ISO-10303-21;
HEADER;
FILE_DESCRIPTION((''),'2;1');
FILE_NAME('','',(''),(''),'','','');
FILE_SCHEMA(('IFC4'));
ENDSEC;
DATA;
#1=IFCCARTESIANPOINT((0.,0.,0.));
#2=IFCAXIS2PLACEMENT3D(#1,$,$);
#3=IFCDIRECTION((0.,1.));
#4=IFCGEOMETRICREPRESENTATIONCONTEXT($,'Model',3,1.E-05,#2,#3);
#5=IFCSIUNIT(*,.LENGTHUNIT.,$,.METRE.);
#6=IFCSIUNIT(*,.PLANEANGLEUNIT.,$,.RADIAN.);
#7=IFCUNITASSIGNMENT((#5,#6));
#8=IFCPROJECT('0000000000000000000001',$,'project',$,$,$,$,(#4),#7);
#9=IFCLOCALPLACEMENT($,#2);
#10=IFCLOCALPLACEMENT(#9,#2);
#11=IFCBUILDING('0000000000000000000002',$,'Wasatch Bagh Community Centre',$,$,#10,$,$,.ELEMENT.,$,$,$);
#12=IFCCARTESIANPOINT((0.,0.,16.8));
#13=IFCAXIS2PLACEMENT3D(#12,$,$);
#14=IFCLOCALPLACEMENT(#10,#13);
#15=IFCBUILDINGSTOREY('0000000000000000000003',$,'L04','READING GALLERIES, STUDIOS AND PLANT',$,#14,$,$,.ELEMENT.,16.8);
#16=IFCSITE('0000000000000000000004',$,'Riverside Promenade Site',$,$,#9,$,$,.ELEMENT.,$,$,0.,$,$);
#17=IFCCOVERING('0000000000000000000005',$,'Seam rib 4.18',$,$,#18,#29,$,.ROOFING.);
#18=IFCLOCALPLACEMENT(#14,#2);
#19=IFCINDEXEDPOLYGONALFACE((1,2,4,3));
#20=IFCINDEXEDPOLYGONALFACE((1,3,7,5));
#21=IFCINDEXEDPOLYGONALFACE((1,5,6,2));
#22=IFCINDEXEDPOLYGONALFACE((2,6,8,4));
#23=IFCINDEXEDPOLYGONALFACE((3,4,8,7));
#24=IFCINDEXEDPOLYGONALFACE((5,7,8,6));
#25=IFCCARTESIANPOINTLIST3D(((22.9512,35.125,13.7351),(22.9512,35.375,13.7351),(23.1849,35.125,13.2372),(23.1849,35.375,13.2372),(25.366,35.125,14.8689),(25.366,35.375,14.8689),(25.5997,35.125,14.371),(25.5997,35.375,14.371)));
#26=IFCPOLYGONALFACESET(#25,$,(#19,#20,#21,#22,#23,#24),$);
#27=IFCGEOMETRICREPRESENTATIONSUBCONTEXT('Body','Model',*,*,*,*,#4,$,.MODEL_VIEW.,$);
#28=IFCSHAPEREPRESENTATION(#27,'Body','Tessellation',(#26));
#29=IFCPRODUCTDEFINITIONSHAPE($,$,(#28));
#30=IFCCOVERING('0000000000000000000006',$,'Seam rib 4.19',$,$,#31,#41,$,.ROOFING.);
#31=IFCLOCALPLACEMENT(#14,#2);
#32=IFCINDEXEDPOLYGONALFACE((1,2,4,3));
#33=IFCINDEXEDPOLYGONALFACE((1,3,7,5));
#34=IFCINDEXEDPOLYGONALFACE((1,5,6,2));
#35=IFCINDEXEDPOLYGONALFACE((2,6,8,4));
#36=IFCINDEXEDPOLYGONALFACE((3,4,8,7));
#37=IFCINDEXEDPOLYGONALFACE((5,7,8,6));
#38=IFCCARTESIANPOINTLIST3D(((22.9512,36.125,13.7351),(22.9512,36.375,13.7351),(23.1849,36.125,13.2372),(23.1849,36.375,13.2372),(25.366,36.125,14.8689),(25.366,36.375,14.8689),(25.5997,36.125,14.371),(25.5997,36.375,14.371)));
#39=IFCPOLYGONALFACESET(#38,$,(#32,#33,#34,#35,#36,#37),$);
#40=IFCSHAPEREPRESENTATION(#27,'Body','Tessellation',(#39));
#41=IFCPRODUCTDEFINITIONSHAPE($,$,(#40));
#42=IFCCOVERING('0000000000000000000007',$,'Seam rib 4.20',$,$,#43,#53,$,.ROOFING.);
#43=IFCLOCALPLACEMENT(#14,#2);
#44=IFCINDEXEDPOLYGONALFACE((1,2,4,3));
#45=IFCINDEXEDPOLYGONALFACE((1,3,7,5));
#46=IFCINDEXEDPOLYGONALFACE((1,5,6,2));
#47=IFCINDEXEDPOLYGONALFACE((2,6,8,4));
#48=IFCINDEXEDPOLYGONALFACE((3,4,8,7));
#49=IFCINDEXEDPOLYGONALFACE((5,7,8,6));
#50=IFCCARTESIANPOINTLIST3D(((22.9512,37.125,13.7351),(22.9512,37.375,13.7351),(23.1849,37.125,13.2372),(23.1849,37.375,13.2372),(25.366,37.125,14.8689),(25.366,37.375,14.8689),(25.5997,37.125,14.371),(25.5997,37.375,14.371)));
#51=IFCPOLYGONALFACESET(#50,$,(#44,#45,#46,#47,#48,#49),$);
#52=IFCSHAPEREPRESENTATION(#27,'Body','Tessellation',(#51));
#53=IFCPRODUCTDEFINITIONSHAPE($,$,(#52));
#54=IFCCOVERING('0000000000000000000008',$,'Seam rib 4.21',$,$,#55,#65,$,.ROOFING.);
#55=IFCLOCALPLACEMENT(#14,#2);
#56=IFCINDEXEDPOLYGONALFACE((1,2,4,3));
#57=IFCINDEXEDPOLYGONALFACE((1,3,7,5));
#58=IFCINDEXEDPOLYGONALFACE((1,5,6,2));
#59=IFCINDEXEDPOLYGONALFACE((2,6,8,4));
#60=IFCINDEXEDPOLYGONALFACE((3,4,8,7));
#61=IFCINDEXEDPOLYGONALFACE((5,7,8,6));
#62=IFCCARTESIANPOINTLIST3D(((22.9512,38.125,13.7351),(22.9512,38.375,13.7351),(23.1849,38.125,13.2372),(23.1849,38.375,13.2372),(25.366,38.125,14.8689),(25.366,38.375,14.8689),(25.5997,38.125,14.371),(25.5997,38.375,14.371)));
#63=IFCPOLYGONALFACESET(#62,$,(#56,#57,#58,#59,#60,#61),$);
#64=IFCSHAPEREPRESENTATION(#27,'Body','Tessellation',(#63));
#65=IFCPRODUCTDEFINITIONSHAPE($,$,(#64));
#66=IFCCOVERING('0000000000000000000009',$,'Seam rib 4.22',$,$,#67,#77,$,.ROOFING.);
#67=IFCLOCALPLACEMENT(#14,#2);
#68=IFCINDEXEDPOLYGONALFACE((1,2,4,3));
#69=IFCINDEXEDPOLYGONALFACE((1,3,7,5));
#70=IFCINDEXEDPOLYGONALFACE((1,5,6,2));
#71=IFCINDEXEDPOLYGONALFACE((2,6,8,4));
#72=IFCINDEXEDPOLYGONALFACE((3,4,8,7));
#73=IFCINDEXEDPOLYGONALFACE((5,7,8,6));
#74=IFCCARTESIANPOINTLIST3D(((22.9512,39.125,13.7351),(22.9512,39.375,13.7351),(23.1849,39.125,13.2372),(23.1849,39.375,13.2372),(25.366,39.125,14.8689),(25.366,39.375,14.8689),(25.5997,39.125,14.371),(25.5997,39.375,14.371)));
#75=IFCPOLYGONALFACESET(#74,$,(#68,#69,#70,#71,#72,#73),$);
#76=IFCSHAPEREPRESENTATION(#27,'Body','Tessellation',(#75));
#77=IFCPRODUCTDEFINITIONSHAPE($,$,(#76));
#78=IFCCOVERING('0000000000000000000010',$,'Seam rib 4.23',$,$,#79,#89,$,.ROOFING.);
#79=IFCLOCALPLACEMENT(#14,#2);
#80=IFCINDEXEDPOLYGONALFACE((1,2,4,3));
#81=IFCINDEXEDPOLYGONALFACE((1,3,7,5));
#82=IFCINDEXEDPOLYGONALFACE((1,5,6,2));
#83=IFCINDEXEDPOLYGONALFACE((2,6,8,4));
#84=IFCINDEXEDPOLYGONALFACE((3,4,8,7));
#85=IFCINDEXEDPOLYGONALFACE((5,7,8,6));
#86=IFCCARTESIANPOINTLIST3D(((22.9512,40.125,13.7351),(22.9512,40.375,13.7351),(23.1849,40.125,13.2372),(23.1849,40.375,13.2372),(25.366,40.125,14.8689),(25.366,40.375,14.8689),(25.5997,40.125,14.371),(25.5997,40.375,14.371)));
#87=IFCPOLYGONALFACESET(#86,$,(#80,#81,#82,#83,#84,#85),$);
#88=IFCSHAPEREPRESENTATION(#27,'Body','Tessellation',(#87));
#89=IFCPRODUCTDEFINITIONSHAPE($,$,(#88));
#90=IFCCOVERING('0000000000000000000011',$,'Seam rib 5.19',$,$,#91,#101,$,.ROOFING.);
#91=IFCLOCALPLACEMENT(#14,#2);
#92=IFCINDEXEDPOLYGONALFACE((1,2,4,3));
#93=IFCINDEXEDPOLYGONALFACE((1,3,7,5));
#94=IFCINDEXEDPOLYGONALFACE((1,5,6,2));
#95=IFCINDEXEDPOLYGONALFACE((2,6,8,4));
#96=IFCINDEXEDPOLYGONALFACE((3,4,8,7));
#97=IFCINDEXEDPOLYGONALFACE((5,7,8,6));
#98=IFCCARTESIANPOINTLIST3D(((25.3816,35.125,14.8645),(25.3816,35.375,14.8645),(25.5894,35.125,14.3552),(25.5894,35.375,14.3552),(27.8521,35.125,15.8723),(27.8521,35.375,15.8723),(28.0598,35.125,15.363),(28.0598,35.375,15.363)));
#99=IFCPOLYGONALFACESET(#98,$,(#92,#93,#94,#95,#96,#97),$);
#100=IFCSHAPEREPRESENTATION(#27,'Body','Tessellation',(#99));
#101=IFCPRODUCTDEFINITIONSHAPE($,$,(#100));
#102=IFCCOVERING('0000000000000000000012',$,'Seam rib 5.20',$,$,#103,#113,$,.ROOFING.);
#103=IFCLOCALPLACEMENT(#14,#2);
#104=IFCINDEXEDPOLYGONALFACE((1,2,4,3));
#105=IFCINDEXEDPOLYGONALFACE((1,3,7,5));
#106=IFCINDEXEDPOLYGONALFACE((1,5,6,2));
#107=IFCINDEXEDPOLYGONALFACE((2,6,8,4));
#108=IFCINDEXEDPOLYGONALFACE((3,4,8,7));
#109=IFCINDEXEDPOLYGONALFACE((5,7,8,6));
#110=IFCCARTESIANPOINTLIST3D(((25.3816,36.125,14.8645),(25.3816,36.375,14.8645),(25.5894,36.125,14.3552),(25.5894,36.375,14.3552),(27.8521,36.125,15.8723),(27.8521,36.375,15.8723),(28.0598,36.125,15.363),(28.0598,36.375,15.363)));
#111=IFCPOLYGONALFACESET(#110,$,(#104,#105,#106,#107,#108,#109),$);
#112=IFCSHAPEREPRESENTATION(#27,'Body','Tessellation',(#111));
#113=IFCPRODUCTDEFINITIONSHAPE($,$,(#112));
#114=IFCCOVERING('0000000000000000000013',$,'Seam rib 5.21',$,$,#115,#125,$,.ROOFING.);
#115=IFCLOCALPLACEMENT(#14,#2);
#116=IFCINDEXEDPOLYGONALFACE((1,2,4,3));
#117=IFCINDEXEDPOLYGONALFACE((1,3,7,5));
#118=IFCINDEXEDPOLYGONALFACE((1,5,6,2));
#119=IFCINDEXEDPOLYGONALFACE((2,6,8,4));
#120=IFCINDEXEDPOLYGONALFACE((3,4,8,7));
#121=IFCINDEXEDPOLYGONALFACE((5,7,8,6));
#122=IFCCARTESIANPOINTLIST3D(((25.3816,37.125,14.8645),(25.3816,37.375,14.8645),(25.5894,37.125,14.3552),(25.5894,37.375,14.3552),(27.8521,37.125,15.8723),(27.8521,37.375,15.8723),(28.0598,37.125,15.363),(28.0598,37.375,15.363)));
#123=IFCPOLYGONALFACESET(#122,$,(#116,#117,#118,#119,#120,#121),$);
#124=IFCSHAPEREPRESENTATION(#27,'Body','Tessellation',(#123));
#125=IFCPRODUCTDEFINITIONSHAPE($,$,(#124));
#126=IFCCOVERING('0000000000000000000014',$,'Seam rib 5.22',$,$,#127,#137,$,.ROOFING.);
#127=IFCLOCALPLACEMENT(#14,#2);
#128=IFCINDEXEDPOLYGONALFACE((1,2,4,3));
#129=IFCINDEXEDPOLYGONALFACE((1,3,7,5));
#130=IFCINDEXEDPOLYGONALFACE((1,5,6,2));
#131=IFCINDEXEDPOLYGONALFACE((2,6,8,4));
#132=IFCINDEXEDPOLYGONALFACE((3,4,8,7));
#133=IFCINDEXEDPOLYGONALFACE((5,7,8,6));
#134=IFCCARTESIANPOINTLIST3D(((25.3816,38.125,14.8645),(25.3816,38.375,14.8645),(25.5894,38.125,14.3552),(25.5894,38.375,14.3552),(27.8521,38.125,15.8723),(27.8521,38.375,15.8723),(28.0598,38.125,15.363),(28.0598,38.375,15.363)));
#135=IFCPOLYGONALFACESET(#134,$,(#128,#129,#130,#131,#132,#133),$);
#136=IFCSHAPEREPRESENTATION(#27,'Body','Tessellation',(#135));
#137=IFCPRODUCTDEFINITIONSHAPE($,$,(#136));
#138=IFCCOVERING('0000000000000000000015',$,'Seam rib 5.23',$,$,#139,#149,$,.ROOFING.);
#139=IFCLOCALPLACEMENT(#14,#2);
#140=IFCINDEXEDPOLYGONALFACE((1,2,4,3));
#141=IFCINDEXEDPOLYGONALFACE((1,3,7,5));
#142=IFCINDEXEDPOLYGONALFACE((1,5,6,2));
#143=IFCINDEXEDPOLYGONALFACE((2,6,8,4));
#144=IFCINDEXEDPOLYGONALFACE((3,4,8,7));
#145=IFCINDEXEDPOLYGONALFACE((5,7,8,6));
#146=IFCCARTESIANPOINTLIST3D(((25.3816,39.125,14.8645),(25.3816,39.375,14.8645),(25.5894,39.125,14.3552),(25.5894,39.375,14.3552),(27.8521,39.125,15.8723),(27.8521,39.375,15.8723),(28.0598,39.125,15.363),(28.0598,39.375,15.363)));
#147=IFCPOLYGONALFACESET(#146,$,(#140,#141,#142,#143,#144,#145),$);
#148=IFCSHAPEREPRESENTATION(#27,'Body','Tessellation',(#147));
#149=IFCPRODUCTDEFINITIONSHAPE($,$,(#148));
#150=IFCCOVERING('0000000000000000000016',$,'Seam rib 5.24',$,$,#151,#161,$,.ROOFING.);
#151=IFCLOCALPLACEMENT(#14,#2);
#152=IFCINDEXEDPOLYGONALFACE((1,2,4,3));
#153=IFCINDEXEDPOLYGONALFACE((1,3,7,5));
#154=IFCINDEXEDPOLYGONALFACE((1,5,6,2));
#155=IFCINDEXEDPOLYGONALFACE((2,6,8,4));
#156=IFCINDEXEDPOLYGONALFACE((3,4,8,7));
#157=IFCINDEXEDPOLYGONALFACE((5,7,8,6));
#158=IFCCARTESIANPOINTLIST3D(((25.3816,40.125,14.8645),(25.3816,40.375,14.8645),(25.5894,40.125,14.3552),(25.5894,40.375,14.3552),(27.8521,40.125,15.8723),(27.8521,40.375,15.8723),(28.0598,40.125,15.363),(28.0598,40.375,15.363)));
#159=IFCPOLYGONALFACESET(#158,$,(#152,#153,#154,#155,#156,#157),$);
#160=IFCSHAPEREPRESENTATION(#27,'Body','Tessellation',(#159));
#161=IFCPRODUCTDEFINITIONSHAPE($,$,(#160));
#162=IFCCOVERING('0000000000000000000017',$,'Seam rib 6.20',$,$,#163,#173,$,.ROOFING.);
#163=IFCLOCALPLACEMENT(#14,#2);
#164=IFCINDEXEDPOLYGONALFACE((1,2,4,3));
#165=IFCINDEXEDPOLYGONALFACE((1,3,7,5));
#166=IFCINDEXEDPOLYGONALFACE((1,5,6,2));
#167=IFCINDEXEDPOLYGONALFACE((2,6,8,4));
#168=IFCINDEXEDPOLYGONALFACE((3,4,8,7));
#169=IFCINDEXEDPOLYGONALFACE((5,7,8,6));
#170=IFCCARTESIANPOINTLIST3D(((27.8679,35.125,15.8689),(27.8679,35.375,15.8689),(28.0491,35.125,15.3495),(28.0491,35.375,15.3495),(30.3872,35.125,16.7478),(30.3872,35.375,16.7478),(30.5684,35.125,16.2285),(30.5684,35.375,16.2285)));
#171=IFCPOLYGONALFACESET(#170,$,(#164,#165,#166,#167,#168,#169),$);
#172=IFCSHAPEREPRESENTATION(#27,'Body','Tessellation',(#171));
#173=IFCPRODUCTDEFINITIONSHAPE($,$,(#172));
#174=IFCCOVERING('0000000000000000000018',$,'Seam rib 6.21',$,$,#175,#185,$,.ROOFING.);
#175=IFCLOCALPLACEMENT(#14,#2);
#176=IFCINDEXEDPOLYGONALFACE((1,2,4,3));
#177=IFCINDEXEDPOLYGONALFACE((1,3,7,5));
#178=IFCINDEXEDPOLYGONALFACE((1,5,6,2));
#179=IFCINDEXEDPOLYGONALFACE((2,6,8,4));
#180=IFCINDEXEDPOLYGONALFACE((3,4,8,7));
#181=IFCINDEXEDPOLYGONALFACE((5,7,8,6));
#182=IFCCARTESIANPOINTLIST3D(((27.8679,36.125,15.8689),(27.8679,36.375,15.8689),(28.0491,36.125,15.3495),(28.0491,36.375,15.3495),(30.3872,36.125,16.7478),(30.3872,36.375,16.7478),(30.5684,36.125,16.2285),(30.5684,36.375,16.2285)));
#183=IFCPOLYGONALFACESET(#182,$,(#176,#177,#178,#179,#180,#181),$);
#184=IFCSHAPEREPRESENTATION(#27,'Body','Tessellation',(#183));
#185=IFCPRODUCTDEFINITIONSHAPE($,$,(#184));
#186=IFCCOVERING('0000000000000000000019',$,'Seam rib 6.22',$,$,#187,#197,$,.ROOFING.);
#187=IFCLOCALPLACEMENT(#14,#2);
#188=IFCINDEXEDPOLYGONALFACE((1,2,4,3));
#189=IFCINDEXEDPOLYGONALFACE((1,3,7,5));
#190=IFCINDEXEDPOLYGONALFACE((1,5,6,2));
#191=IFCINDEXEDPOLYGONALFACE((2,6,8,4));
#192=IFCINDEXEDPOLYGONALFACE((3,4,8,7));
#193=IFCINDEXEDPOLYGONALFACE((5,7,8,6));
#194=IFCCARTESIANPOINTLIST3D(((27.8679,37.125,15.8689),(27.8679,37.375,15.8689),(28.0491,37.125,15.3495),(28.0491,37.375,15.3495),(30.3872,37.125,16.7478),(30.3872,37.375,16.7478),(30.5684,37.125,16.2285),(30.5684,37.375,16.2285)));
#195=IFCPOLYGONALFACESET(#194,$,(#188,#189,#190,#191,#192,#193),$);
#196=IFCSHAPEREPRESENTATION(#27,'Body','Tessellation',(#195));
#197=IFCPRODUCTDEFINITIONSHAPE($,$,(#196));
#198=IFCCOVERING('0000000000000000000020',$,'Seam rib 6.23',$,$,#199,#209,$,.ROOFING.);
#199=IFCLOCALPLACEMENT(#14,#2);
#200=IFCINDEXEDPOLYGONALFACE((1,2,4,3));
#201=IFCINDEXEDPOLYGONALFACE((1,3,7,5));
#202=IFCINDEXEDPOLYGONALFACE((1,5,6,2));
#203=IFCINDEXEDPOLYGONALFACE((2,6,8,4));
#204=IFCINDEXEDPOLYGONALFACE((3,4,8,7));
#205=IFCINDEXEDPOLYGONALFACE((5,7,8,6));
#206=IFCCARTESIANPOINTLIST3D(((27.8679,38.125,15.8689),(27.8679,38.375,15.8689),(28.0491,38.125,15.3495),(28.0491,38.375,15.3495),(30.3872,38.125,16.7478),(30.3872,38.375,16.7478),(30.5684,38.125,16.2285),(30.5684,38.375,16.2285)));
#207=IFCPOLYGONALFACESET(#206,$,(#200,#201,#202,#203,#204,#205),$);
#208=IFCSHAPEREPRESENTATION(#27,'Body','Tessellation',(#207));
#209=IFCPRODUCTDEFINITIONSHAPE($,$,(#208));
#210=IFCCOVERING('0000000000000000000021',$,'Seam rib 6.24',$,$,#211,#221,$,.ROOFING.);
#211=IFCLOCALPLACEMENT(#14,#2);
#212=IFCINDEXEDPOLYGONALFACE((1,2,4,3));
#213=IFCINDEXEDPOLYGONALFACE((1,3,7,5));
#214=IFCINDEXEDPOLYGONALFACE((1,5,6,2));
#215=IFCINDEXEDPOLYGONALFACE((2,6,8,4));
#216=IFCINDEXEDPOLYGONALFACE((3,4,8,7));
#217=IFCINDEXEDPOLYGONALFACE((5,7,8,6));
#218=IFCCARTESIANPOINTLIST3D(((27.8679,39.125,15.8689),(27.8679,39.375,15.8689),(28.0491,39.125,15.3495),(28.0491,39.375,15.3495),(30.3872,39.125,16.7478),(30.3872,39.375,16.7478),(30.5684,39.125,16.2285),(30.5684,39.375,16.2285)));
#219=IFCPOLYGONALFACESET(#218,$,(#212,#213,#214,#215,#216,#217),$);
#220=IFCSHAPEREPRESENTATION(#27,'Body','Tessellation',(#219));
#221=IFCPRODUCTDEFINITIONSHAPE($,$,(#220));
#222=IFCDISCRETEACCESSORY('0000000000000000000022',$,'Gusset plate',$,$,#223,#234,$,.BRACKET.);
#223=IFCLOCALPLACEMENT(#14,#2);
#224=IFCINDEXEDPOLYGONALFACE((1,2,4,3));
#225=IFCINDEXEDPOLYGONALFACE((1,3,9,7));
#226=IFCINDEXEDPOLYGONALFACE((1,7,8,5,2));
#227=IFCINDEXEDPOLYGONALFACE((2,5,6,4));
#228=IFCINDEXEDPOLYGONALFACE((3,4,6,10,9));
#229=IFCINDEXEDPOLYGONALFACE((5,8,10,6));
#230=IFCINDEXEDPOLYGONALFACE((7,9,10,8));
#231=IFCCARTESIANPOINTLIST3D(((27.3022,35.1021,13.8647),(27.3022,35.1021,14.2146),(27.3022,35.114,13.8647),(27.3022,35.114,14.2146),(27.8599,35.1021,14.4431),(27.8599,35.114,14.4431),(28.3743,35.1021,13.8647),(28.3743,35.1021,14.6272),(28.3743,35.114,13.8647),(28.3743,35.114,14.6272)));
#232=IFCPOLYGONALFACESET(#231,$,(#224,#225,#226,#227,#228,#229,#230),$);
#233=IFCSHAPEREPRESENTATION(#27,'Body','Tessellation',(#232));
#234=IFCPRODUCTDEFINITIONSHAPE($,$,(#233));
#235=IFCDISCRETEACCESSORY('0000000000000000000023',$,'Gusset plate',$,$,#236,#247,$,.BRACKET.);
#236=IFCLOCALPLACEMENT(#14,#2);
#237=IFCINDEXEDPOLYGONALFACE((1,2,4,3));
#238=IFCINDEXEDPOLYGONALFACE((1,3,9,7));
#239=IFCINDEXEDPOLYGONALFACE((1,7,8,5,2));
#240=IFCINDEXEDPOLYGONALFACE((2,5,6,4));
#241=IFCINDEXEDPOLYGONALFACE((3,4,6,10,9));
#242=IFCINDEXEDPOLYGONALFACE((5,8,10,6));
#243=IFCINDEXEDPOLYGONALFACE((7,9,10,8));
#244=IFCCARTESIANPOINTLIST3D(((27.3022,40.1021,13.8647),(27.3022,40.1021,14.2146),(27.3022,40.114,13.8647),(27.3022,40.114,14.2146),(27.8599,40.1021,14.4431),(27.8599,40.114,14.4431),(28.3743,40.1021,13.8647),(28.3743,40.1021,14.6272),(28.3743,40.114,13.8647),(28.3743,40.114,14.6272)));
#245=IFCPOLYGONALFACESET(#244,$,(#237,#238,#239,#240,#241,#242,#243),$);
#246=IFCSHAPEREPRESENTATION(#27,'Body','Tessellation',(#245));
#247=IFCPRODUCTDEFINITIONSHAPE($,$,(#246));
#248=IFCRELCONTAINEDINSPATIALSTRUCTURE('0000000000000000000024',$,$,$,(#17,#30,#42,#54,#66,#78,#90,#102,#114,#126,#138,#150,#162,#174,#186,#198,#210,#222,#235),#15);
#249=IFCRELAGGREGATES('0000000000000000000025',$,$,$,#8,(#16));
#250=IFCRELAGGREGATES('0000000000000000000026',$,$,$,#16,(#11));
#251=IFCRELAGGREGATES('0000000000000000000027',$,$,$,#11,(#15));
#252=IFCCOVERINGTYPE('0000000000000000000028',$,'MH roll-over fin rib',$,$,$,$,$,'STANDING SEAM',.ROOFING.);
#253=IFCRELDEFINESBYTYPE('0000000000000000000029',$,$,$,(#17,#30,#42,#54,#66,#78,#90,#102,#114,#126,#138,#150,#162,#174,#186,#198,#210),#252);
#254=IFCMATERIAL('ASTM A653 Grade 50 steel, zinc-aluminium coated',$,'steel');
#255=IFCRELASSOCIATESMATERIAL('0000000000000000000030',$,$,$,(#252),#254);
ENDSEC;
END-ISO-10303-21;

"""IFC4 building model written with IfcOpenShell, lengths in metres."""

from ifc_helpers import new_model, si_unit, direction, frame, origin, place, context, subcontext, project, spatial, polyline, outline, extrude, material, type_object, element, save


model = new_model("IFC4")

# Units and contexts
model_context = context("Model", 3, precision=1e-05, world=origin(), true_north=direction((0.0, 1.0)))
body_context = subcontext(model_context, "Body", "Model", "MODEL_VIEW")
ifc_project = project(units=[si_unit("LENGTHUNIT", "METRE"), si_unit("PLANEANGLEUNIT", "RADIAN")], contexts=[model_context])

# Site, building, storey
site_placement = place(None, origin())
site = spatial("IfcSite", under=ifc_project, at=site_placement, Name="Riverside Promenade Site", CompositionType="ELEMENT", RefElevation=0.0)
building_placement = place(site_placement, origin())
building = spatial("IfcBuilding", under=site, at=building_placement, Name="Wasatch Bagh Community Centre", CompositionType="ELEMENT")
storey_placement = place(building_placement, frame((0.0, 0.0, 16.8)))
storey = spatial("IfcBuildingStorey", under=building, at=storey_placement, Name="L04", Description="READING GALLERIES, STUDIOS AND PLANT", CompositionType="ELEMENT", Elevation=16.8)

# Coverings
ifc_material_1 = material(Name="ASTM A653 Grade 50 steel, zinc-aluminium coated", Category="steel")
covering_type = type_object("IfcCoveringType", Name="MH roll-over fin rib", ElementType="STANDING SEAM", PredefinedType="ROOFING", material=ifc_material_1)
for number, where, z_axis, x_axis, name in (
    (1, (22.9512, 35.125, 13.7351), (-0.425004, 0.0, 0.905192), (0.905192, 0.0, 0.425004), "Seam rib 4.18"),
    (2, (22.9512, 36.125, 13.7351), (-0.425004, 0.0, 0.905192), (0.905192, 0.0, 0.425004), "Seam rib 4.19"),
    (3, (22.9512, 37.125, 13.7351), (-0.425004, 0.0, 0.905192), (0.905192, 0.0, 0.425004), "Seam rib 4.20"),
    (4, (22.9512, 38.125, 13.7351), (-0.425004, 0.0, 0.905192), (0.905192, 0.0, 0.425004), "Seam rib 4.21"),
    (5, (22.9512, 39.125, 13.7351), (-0.425004, 0.0, 0.905192), (0.905192, 0.0, 0.425004), "Seam rib 4.22"),
    (6, (22.9512, 40.125, 13.7351), (-0.425004, 0.0, 0.905192), (0.905192, 0.0, 0.425004), "Seam rib 4.23"),
):
    element("IfcCovering", number, at=place(storey_placement, frame(where, z_axis=z_axis, x_axis=x_axis)), inside=storey, type_object=covering_type, Name=name, PredefinedType="ROOFING", context=body_context, shape_type="SweptSolid", body=[
        extrude(outline(polyline([(0.0, 0.0), (2.6677, 0.0), (2.6677, 0.25), (0.0, 0.25), (0.0, 0.0)])), origin(), (0.0, 0.0, -1.0), 0.55),
    ])
for number, where, z_axis, x_axis, name in (
    (7, (25.3816, 35.125, 14.8645), (-0.377724, 0.0, 0.925918), (0.925918, 0.0, 0.377724), "Seam rib 5.19"),
    (8, (25.3816, 36.125, 14.8645), (-0.377724, 0.0, 0.925918), (0.925918, 0.0, 0.377724), "Seam rib 5.20"),
    (9, (25.3816, 37.125, 14.8645), (-0.377724, 0.0, 0.925918), (0.925918, 0.0, 0.377724), "Seam rib 5.21"),
    (10, (25.3816, 38.125, 14.8645), (-0.377724, 0.0, 0.925918), (0.925918, 0.0, 0.377724), "Seam rib 5.22"),
    (11, (25.3816, 39.125, 14.8645), (-0.377724, 0.0, 0.925918), (0.925918, 0.0, 0.377724), "Seam rib 5.23"),
    (12, (25.3816, 40.125, 14.8645), (-0.377724, 0.0, 0.925918), (0.925918, 0.0, 0.377724), "Seam rib 5.24"),
):
    element("IfcCovering", number, at=place(storey_placement, frame(where, z_axis=z_axis, x_axis=x_axis)), inside=storey, type_object=covering_type, Name=name, PredefinedType="ROOFING", context=body_context, shape_type="SweptSolid", body=[
        extrude(outline(polyline([(0.0, 0.0), (2.6681, 0.0), (2.6681, 0.25), (0.0, 0.25), (0.0, 0.0)])), origin(), (0.0, 0.0, -1.0), 0.55),
    ])
for number, where, z_axis, x_axis, name in (
    (13, (27.8679, 35.125, 15.8689), (-0.329401, 0.0, 0.94419), (0.94419, 0.0, 0.329401), "Seam rib 6.20"),
    (14, (27.8679, 36.125, 15.8689), (-0.329401, 0.0, 0.94419), (0.94419, 0.0, 0.329401), "Seam rib 6.21"),
    (15, (27.8679, 37.125, 15.8689), (-0.329401, 0.0, 0.94419), (0.94419, 0.0, 0.329401), "Seam rib 6.22"),
    (16, (27.8679, 38.125, 15.8689), (-0.329401, 0.0, 0.94419), (0.94419, 0.0, 0.329401), "Seam rib 6.23"),
    (17, (27.8679, 39.125, 15.8689), (-0.329401, 0.0, 0.94419), (0.94419, 0.0, 0.329401), "Seam rib 6.24"),
):
    element("IfcCovering", number, at=place(storey_placement, frame(where, z_axis=z_axis, x_axis=x_axis)), inside=storey, type_object=covering_type, Name=name, PredefinedType="ROOFING", context=body_context, shape_type="SweptSolid", body=[
        extrude(outline(polyline([(0.0, 0.0), (2.6682, 0.0), (2.6682, 0.25), (0.0, 0.25), (0.0, 0.0)])), origin(), (0.0, 0.0, -1.0), 0.55),
    ])

# Discrete accessories
for number, where, z_axis, x_axis, name in (
    (18, (27.3022, 35.114, 14.2146), (0.0, 1.0, 0.0), (0.925314, 0.0, 0.379201), "Gusset plate"),
    (19, (27.3022, 40.114, 14.2146), (0.0, 1.0, 0.0), (0.925314, 0.0, 0.379201), "Gusset plate"),
):
    element("IfcDiscreteAccessory", number, at=place(storey_placement, frame(where, z_axis=z_axis, x_axis=x_axis)), inside=storey, Name=name, PredefinedType="BRACKET", context=body_context, shape_type="SweptSolid", body=[
        extrude(outline(polyline([(0.0, 0.0), (0.6026, 0.0), (1.1484, 0.0247), (0.8593, 0.7302), (-0.1327, 0.3237), (0.0, 0.0)])), origin(), (0.0, 0.0, -1.0), 0.012),
    ])

save(model, "model.ifc")
